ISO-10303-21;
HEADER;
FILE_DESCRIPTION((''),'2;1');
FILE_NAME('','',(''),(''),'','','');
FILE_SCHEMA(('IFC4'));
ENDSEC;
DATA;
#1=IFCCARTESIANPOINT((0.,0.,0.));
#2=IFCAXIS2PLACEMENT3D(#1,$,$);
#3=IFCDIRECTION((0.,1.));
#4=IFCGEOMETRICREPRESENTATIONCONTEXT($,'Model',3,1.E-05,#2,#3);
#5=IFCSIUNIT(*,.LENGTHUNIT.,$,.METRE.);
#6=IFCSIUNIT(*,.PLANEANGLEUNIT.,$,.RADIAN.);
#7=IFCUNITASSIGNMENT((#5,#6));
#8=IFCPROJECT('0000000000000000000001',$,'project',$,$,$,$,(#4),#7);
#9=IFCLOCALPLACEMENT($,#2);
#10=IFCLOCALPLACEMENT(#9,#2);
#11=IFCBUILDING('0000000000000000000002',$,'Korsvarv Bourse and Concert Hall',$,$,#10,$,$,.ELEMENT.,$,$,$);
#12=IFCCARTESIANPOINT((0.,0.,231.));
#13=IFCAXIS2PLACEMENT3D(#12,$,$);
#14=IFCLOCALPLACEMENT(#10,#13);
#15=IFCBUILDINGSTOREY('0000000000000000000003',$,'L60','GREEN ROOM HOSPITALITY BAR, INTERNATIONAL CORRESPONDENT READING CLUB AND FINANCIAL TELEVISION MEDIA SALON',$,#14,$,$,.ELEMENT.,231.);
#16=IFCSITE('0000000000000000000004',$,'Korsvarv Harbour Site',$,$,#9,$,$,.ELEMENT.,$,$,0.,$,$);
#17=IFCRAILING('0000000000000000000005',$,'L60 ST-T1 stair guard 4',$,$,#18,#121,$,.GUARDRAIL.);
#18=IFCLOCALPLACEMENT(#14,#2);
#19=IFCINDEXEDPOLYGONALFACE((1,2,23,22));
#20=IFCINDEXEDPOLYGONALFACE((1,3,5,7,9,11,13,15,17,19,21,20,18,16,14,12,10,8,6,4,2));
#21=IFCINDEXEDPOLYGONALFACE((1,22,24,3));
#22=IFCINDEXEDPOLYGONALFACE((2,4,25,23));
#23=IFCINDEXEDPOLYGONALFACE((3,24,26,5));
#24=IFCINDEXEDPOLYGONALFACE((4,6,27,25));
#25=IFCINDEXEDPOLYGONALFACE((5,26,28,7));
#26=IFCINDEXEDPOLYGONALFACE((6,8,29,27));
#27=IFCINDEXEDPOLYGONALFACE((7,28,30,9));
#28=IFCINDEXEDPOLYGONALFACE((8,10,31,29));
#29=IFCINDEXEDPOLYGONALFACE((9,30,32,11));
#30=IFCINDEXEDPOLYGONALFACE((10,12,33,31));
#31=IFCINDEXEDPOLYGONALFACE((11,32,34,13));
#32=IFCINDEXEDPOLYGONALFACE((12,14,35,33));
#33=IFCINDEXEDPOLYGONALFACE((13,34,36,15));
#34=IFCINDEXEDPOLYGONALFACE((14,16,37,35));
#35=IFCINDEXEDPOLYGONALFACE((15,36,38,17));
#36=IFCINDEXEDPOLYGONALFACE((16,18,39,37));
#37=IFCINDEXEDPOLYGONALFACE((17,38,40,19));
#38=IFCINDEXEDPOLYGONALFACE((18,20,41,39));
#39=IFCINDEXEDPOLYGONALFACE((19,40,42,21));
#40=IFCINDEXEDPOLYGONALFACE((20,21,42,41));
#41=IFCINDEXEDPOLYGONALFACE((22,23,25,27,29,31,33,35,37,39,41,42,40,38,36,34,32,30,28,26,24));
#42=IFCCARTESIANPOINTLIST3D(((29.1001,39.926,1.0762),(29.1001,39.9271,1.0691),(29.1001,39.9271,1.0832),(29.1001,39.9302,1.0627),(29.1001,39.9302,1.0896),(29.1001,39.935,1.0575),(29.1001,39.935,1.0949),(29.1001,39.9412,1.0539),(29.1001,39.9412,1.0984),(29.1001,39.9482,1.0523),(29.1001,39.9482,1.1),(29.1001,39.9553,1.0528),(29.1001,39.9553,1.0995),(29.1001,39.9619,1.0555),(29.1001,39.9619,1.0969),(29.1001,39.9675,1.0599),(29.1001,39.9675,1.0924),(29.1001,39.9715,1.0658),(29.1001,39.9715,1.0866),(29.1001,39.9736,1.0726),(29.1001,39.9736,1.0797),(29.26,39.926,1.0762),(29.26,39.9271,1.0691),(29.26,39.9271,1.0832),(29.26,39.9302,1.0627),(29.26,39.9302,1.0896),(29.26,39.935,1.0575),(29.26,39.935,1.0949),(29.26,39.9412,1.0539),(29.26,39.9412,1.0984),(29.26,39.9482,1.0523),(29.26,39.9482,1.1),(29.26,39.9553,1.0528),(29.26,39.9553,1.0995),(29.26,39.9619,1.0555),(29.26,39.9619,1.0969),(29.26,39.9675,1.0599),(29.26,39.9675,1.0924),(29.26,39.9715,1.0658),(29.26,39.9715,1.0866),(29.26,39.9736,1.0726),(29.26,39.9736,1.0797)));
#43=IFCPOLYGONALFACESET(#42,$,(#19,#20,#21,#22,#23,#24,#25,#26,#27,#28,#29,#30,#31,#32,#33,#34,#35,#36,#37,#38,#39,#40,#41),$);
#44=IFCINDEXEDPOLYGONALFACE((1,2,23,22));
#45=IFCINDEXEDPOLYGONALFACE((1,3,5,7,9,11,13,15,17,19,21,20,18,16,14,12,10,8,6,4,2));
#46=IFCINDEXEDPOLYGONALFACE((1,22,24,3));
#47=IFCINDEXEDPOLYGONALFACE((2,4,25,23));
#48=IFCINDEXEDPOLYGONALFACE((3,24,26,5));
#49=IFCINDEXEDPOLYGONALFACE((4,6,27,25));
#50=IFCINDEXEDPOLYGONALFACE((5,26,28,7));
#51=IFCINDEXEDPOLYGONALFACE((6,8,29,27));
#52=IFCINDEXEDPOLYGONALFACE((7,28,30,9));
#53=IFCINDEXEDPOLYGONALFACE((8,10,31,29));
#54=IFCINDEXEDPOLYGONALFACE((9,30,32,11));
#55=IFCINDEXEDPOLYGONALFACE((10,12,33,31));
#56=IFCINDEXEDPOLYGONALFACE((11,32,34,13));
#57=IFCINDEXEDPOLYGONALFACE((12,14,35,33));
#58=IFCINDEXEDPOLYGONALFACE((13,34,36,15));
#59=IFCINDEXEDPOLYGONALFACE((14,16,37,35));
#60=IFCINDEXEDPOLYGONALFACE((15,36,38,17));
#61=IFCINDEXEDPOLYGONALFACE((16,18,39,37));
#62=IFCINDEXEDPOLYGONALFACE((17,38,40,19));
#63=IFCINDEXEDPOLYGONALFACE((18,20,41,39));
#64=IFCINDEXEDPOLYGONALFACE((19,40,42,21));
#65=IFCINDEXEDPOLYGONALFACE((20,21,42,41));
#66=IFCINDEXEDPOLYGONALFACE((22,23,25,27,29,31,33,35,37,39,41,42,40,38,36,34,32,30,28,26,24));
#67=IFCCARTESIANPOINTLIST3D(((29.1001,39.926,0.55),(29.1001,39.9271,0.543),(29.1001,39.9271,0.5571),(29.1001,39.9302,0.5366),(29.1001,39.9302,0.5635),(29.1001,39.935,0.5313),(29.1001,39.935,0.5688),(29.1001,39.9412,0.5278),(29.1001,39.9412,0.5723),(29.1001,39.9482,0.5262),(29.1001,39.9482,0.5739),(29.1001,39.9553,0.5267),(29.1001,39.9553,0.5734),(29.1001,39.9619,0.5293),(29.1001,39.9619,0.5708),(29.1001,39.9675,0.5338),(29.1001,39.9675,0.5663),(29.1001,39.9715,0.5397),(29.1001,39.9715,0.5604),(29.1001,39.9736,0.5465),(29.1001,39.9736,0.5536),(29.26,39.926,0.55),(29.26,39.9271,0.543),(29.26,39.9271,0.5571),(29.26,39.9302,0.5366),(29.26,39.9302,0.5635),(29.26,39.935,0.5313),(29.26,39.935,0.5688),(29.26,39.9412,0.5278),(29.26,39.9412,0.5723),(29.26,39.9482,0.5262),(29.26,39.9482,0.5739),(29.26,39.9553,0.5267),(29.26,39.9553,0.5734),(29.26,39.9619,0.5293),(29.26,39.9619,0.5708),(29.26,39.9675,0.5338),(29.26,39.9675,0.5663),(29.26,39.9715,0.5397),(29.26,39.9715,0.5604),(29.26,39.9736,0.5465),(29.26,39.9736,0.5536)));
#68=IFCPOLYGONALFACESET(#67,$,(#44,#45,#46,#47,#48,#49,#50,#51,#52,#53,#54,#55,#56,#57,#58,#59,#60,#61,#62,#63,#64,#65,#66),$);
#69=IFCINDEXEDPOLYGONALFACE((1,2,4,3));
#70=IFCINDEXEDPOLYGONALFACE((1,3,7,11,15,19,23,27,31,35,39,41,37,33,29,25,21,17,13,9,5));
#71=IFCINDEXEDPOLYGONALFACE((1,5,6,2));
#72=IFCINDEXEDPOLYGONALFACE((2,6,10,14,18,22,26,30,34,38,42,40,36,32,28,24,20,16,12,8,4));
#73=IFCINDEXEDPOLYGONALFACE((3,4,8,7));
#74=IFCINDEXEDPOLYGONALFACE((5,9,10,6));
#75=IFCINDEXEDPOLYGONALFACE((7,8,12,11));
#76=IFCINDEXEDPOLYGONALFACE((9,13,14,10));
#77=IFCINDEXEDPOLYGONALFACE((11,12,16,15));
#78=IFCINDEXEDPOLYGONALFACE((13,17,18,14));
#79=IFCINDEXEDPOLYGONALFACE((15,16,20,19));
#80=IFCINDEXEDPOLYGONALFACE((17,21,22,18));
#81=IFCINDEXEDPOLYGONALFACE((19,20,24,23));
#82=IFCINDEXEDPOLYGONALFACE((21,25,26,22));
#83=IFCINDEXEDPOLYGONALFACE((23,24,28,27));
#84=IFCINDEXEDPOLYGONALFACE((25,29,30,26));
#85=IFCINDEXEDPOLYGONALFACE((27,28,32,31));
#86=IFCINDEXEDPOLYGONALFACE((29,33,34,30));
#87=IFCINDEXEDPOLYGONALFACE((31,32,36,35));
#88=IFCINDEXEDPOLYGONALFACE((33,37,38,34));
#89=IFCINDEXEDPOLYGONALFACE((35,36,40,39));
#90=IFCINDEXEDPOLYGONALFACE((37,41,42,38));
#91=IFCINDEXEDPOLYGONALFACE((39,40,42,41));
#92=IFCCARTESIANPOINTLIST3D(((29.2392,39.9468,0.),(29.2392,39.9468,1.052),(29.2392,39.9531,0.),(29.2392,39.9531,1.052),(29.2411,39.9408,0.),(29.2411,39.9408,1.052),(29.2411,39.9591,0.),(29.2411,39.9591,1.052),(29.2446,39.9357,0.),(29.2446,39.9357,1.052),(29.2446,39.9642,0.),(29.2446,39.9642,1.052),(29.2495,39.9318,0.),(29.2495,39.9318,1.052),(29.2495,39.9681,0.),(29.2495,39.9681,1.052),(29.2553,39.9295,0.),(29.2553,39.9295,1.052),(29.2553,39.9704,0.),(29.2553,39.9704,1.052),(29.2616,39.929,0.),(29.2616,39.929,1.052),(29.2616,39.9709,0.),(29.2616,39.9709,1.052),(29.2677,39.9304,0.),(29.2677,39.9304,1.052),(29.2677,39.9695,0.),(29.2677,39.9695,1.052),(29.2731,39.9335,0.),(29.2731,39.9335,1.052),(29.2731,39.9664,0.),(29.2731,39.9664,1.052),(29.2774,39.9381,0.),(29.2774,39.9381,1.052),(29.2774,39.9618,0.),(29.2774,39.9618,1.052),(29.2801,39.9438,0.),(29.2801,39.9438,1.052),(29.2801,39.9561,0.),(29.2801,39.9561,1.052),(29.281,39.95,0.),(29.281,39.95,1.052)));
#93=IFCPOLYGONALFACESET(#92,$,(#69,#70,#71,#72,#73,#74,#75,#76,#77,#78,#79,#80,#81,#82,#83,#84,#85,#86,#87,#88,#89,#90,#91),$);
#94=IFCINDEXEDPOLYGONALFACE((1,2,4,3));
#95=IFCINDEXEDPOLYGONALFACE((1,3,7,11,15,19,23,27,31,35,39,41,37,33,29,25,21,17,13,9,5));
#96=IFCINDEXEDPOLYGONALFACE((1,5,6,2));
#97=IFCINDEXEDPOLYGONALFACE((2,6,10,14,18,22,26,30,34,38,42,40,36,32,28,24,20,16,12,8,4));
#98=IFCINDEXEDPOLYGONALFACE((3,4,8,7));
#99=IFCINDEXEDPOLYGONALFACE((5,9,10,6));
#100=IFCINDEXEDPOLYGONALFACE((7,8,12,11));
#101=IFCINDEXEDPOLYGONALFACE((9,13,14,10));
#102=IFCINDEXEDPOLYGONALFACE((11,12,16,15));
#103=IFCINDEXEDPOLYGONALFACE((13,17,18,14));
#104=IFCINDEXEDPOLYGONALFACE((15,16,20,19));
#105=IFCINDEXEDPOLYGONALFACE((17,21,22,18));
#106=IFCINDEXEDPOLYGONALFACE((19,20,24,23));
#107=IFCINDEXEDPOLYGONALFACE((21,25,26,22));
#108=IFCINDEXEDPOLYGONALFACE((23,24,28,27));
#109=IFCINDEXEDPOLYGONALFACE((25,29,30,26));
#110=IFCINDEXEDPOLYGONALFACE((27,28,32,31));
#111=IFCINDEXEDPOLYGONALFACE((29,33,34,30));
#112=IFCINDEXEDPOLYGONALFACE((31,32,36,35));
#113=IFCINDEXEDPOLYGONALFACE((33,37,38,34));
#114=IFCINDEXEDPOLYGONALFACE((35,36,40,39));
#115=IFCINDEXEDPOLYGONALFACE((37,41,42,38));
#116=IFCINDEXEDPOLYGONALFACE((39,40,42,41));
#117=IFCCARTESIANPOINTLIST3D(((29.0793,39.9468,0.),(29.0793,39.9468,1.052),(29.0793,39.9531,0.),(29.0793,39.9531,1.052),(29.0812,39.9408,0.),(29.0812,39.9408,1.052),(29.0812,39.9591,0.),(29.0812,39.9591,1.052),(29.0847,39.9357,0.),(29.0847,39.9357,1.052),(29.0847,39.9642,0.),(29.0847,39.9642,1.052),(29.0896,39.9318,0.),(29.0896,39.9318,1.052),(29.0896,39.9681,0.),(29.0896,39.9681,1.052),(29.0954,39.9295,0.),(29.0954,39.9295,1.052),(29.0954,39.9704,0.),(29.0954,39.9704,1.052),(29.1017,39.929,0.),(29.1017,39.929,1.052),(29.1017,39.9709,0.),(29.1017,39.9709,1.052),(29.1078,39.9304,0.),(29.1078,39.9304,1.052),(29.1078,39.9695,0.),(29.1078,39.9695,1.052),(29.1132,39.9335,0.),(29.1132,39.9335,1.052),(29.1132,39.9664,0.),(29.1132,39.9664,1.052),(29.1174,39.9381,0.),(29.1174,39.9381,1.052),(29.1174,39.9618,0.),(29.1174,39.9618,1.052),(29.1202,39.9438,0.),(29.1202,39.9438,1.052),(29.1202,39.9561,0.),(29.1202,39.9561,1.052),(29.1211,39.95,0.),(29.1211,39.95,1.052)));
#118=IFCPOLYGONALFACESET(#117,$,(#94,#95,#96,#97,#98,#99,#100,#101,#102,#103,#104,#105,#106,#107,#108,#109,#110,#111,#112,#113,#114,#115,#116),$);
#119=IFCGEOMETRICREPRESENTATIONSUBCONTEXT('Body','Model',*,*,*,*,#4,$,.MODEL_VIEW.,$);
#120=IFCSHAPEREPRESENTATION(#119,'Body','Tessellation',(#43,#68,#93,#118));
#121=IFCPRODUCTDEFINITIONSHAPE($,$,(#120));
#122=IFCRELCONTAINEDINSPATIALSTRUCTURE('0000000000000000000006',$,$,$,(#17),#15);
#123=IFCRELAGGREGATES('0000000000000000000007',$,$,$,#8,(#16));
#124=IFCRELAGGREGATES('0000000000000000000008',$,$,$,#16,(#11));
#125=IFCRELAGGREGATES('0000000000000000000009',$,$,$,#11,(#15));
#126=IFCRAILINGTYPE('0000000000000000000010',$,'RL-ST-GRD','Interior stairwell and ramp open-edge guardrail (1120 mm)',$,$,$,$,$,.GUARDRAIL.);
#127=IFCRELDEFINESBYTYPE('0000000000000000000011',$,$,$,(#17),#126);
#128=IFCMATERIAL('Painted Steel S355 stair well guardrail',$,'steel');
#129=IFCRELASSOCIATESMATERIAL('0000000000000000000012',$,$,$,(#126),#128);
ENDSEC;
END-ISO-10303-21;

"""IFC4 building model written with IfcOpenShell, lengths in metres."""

from ifc_helpers import new_model, si_unit, direction, frame, origin, origin_2d, place, context, subcontext, project, spatial, circle, extrude, material, type_object, element, save


model = new_model("IFC4")

# Units and contexts
model_context = context("Model", 3, precision=1e-05, world=origin(), true_north=direction((0.0, 1.0)))
body_context = subcontext(model_context, "Body", "Model", "MODEL_VIEW")
ifc_project = project(units=[si_unit("LENGTHUNIT", "METRE"), si_unit("PLANEANGLEUNIT", "RADIAN")], contexts=[model_context])

# Site, building, storey
site_placement = place(None, origin())
site = spatial("IfcSite", under=ifc_project, at=site_placement, Name="Korsvarv Harbour Site", CompositionType="ELEMENT", RefElevation=0.0)
building_placement = place(site_placement, origin())
building = spatial("IfcBuilding", under=site, at=building_placement, Name="Korsvarv Bourse and Concert Hall", CompositionType="ELEMENT")
storey_placement = place(building_placement, frame((0.0, 0.0, 231.0)))
storey = spatial("IfcBuildingStorey", under=building, at=storey_placement, Name="L60", Description="GREEN ROOM HOSPITALITY BAR, INTERNATIONAL CORRESPONDENT READING CLUB AND FINANCIAL TELEVISION MEDIA SALON", CompositionType="ELEMENT", Elevation=231.0)

# Railing
ifc_material_1 = material(Name="Painted Steel S355 stair well guardrail", Category="steel")
railing_type_1 = type_object("IfcRailingType", Name="RL-ST-GRD", Description="Interior stairwell and ramp open-edge guardrail (1120 mm)", PredefinedType="GUARDRAIL", material=ifc_material_1)
railing_1_placement = place(storey_placement, frame((29.26, 39.95, 0.0)))
element("IfcRailing", 1, at=railing_1_placement, inside=storey, type_object=railing_type_1, Name="L60 ST-T1 stair guard 4", PredefinedType="GUARDRAIL", context=body_context, shape_type="SweptSolid", body=[
    extrude(circle(Radius=0.0239, at=origin_2d()), frame((0.0, 0.0, 1.0762), z_axis=(-1.0, 0.0, 0.0), x_axis=(0.0, -1.0, 0.0)), (0.0, 0.0, 1.0), 0.1599),
    extrude(circle(Radius=0.0239, at=origin_2d()), frame((0.0, 0.0, 0.55), z_axis=(-1.0, 0.0, 0.0), x_axis=(0.0, -1.0, 0.0)), (0.0, 0.0, 1.0), 0.1599),
    extrude(circle(Radius=0.021, at=origin_2d()), origin(), (0.0, 0.0, 1.0), 1.052),
    extrude(circle(Radius=0.021, at=origin_2d()), frame((-0.1599, 0.0, 0.0)), (0.0, 0.0, 1.0), 1.052),
])

save(model, "model.ifc")
